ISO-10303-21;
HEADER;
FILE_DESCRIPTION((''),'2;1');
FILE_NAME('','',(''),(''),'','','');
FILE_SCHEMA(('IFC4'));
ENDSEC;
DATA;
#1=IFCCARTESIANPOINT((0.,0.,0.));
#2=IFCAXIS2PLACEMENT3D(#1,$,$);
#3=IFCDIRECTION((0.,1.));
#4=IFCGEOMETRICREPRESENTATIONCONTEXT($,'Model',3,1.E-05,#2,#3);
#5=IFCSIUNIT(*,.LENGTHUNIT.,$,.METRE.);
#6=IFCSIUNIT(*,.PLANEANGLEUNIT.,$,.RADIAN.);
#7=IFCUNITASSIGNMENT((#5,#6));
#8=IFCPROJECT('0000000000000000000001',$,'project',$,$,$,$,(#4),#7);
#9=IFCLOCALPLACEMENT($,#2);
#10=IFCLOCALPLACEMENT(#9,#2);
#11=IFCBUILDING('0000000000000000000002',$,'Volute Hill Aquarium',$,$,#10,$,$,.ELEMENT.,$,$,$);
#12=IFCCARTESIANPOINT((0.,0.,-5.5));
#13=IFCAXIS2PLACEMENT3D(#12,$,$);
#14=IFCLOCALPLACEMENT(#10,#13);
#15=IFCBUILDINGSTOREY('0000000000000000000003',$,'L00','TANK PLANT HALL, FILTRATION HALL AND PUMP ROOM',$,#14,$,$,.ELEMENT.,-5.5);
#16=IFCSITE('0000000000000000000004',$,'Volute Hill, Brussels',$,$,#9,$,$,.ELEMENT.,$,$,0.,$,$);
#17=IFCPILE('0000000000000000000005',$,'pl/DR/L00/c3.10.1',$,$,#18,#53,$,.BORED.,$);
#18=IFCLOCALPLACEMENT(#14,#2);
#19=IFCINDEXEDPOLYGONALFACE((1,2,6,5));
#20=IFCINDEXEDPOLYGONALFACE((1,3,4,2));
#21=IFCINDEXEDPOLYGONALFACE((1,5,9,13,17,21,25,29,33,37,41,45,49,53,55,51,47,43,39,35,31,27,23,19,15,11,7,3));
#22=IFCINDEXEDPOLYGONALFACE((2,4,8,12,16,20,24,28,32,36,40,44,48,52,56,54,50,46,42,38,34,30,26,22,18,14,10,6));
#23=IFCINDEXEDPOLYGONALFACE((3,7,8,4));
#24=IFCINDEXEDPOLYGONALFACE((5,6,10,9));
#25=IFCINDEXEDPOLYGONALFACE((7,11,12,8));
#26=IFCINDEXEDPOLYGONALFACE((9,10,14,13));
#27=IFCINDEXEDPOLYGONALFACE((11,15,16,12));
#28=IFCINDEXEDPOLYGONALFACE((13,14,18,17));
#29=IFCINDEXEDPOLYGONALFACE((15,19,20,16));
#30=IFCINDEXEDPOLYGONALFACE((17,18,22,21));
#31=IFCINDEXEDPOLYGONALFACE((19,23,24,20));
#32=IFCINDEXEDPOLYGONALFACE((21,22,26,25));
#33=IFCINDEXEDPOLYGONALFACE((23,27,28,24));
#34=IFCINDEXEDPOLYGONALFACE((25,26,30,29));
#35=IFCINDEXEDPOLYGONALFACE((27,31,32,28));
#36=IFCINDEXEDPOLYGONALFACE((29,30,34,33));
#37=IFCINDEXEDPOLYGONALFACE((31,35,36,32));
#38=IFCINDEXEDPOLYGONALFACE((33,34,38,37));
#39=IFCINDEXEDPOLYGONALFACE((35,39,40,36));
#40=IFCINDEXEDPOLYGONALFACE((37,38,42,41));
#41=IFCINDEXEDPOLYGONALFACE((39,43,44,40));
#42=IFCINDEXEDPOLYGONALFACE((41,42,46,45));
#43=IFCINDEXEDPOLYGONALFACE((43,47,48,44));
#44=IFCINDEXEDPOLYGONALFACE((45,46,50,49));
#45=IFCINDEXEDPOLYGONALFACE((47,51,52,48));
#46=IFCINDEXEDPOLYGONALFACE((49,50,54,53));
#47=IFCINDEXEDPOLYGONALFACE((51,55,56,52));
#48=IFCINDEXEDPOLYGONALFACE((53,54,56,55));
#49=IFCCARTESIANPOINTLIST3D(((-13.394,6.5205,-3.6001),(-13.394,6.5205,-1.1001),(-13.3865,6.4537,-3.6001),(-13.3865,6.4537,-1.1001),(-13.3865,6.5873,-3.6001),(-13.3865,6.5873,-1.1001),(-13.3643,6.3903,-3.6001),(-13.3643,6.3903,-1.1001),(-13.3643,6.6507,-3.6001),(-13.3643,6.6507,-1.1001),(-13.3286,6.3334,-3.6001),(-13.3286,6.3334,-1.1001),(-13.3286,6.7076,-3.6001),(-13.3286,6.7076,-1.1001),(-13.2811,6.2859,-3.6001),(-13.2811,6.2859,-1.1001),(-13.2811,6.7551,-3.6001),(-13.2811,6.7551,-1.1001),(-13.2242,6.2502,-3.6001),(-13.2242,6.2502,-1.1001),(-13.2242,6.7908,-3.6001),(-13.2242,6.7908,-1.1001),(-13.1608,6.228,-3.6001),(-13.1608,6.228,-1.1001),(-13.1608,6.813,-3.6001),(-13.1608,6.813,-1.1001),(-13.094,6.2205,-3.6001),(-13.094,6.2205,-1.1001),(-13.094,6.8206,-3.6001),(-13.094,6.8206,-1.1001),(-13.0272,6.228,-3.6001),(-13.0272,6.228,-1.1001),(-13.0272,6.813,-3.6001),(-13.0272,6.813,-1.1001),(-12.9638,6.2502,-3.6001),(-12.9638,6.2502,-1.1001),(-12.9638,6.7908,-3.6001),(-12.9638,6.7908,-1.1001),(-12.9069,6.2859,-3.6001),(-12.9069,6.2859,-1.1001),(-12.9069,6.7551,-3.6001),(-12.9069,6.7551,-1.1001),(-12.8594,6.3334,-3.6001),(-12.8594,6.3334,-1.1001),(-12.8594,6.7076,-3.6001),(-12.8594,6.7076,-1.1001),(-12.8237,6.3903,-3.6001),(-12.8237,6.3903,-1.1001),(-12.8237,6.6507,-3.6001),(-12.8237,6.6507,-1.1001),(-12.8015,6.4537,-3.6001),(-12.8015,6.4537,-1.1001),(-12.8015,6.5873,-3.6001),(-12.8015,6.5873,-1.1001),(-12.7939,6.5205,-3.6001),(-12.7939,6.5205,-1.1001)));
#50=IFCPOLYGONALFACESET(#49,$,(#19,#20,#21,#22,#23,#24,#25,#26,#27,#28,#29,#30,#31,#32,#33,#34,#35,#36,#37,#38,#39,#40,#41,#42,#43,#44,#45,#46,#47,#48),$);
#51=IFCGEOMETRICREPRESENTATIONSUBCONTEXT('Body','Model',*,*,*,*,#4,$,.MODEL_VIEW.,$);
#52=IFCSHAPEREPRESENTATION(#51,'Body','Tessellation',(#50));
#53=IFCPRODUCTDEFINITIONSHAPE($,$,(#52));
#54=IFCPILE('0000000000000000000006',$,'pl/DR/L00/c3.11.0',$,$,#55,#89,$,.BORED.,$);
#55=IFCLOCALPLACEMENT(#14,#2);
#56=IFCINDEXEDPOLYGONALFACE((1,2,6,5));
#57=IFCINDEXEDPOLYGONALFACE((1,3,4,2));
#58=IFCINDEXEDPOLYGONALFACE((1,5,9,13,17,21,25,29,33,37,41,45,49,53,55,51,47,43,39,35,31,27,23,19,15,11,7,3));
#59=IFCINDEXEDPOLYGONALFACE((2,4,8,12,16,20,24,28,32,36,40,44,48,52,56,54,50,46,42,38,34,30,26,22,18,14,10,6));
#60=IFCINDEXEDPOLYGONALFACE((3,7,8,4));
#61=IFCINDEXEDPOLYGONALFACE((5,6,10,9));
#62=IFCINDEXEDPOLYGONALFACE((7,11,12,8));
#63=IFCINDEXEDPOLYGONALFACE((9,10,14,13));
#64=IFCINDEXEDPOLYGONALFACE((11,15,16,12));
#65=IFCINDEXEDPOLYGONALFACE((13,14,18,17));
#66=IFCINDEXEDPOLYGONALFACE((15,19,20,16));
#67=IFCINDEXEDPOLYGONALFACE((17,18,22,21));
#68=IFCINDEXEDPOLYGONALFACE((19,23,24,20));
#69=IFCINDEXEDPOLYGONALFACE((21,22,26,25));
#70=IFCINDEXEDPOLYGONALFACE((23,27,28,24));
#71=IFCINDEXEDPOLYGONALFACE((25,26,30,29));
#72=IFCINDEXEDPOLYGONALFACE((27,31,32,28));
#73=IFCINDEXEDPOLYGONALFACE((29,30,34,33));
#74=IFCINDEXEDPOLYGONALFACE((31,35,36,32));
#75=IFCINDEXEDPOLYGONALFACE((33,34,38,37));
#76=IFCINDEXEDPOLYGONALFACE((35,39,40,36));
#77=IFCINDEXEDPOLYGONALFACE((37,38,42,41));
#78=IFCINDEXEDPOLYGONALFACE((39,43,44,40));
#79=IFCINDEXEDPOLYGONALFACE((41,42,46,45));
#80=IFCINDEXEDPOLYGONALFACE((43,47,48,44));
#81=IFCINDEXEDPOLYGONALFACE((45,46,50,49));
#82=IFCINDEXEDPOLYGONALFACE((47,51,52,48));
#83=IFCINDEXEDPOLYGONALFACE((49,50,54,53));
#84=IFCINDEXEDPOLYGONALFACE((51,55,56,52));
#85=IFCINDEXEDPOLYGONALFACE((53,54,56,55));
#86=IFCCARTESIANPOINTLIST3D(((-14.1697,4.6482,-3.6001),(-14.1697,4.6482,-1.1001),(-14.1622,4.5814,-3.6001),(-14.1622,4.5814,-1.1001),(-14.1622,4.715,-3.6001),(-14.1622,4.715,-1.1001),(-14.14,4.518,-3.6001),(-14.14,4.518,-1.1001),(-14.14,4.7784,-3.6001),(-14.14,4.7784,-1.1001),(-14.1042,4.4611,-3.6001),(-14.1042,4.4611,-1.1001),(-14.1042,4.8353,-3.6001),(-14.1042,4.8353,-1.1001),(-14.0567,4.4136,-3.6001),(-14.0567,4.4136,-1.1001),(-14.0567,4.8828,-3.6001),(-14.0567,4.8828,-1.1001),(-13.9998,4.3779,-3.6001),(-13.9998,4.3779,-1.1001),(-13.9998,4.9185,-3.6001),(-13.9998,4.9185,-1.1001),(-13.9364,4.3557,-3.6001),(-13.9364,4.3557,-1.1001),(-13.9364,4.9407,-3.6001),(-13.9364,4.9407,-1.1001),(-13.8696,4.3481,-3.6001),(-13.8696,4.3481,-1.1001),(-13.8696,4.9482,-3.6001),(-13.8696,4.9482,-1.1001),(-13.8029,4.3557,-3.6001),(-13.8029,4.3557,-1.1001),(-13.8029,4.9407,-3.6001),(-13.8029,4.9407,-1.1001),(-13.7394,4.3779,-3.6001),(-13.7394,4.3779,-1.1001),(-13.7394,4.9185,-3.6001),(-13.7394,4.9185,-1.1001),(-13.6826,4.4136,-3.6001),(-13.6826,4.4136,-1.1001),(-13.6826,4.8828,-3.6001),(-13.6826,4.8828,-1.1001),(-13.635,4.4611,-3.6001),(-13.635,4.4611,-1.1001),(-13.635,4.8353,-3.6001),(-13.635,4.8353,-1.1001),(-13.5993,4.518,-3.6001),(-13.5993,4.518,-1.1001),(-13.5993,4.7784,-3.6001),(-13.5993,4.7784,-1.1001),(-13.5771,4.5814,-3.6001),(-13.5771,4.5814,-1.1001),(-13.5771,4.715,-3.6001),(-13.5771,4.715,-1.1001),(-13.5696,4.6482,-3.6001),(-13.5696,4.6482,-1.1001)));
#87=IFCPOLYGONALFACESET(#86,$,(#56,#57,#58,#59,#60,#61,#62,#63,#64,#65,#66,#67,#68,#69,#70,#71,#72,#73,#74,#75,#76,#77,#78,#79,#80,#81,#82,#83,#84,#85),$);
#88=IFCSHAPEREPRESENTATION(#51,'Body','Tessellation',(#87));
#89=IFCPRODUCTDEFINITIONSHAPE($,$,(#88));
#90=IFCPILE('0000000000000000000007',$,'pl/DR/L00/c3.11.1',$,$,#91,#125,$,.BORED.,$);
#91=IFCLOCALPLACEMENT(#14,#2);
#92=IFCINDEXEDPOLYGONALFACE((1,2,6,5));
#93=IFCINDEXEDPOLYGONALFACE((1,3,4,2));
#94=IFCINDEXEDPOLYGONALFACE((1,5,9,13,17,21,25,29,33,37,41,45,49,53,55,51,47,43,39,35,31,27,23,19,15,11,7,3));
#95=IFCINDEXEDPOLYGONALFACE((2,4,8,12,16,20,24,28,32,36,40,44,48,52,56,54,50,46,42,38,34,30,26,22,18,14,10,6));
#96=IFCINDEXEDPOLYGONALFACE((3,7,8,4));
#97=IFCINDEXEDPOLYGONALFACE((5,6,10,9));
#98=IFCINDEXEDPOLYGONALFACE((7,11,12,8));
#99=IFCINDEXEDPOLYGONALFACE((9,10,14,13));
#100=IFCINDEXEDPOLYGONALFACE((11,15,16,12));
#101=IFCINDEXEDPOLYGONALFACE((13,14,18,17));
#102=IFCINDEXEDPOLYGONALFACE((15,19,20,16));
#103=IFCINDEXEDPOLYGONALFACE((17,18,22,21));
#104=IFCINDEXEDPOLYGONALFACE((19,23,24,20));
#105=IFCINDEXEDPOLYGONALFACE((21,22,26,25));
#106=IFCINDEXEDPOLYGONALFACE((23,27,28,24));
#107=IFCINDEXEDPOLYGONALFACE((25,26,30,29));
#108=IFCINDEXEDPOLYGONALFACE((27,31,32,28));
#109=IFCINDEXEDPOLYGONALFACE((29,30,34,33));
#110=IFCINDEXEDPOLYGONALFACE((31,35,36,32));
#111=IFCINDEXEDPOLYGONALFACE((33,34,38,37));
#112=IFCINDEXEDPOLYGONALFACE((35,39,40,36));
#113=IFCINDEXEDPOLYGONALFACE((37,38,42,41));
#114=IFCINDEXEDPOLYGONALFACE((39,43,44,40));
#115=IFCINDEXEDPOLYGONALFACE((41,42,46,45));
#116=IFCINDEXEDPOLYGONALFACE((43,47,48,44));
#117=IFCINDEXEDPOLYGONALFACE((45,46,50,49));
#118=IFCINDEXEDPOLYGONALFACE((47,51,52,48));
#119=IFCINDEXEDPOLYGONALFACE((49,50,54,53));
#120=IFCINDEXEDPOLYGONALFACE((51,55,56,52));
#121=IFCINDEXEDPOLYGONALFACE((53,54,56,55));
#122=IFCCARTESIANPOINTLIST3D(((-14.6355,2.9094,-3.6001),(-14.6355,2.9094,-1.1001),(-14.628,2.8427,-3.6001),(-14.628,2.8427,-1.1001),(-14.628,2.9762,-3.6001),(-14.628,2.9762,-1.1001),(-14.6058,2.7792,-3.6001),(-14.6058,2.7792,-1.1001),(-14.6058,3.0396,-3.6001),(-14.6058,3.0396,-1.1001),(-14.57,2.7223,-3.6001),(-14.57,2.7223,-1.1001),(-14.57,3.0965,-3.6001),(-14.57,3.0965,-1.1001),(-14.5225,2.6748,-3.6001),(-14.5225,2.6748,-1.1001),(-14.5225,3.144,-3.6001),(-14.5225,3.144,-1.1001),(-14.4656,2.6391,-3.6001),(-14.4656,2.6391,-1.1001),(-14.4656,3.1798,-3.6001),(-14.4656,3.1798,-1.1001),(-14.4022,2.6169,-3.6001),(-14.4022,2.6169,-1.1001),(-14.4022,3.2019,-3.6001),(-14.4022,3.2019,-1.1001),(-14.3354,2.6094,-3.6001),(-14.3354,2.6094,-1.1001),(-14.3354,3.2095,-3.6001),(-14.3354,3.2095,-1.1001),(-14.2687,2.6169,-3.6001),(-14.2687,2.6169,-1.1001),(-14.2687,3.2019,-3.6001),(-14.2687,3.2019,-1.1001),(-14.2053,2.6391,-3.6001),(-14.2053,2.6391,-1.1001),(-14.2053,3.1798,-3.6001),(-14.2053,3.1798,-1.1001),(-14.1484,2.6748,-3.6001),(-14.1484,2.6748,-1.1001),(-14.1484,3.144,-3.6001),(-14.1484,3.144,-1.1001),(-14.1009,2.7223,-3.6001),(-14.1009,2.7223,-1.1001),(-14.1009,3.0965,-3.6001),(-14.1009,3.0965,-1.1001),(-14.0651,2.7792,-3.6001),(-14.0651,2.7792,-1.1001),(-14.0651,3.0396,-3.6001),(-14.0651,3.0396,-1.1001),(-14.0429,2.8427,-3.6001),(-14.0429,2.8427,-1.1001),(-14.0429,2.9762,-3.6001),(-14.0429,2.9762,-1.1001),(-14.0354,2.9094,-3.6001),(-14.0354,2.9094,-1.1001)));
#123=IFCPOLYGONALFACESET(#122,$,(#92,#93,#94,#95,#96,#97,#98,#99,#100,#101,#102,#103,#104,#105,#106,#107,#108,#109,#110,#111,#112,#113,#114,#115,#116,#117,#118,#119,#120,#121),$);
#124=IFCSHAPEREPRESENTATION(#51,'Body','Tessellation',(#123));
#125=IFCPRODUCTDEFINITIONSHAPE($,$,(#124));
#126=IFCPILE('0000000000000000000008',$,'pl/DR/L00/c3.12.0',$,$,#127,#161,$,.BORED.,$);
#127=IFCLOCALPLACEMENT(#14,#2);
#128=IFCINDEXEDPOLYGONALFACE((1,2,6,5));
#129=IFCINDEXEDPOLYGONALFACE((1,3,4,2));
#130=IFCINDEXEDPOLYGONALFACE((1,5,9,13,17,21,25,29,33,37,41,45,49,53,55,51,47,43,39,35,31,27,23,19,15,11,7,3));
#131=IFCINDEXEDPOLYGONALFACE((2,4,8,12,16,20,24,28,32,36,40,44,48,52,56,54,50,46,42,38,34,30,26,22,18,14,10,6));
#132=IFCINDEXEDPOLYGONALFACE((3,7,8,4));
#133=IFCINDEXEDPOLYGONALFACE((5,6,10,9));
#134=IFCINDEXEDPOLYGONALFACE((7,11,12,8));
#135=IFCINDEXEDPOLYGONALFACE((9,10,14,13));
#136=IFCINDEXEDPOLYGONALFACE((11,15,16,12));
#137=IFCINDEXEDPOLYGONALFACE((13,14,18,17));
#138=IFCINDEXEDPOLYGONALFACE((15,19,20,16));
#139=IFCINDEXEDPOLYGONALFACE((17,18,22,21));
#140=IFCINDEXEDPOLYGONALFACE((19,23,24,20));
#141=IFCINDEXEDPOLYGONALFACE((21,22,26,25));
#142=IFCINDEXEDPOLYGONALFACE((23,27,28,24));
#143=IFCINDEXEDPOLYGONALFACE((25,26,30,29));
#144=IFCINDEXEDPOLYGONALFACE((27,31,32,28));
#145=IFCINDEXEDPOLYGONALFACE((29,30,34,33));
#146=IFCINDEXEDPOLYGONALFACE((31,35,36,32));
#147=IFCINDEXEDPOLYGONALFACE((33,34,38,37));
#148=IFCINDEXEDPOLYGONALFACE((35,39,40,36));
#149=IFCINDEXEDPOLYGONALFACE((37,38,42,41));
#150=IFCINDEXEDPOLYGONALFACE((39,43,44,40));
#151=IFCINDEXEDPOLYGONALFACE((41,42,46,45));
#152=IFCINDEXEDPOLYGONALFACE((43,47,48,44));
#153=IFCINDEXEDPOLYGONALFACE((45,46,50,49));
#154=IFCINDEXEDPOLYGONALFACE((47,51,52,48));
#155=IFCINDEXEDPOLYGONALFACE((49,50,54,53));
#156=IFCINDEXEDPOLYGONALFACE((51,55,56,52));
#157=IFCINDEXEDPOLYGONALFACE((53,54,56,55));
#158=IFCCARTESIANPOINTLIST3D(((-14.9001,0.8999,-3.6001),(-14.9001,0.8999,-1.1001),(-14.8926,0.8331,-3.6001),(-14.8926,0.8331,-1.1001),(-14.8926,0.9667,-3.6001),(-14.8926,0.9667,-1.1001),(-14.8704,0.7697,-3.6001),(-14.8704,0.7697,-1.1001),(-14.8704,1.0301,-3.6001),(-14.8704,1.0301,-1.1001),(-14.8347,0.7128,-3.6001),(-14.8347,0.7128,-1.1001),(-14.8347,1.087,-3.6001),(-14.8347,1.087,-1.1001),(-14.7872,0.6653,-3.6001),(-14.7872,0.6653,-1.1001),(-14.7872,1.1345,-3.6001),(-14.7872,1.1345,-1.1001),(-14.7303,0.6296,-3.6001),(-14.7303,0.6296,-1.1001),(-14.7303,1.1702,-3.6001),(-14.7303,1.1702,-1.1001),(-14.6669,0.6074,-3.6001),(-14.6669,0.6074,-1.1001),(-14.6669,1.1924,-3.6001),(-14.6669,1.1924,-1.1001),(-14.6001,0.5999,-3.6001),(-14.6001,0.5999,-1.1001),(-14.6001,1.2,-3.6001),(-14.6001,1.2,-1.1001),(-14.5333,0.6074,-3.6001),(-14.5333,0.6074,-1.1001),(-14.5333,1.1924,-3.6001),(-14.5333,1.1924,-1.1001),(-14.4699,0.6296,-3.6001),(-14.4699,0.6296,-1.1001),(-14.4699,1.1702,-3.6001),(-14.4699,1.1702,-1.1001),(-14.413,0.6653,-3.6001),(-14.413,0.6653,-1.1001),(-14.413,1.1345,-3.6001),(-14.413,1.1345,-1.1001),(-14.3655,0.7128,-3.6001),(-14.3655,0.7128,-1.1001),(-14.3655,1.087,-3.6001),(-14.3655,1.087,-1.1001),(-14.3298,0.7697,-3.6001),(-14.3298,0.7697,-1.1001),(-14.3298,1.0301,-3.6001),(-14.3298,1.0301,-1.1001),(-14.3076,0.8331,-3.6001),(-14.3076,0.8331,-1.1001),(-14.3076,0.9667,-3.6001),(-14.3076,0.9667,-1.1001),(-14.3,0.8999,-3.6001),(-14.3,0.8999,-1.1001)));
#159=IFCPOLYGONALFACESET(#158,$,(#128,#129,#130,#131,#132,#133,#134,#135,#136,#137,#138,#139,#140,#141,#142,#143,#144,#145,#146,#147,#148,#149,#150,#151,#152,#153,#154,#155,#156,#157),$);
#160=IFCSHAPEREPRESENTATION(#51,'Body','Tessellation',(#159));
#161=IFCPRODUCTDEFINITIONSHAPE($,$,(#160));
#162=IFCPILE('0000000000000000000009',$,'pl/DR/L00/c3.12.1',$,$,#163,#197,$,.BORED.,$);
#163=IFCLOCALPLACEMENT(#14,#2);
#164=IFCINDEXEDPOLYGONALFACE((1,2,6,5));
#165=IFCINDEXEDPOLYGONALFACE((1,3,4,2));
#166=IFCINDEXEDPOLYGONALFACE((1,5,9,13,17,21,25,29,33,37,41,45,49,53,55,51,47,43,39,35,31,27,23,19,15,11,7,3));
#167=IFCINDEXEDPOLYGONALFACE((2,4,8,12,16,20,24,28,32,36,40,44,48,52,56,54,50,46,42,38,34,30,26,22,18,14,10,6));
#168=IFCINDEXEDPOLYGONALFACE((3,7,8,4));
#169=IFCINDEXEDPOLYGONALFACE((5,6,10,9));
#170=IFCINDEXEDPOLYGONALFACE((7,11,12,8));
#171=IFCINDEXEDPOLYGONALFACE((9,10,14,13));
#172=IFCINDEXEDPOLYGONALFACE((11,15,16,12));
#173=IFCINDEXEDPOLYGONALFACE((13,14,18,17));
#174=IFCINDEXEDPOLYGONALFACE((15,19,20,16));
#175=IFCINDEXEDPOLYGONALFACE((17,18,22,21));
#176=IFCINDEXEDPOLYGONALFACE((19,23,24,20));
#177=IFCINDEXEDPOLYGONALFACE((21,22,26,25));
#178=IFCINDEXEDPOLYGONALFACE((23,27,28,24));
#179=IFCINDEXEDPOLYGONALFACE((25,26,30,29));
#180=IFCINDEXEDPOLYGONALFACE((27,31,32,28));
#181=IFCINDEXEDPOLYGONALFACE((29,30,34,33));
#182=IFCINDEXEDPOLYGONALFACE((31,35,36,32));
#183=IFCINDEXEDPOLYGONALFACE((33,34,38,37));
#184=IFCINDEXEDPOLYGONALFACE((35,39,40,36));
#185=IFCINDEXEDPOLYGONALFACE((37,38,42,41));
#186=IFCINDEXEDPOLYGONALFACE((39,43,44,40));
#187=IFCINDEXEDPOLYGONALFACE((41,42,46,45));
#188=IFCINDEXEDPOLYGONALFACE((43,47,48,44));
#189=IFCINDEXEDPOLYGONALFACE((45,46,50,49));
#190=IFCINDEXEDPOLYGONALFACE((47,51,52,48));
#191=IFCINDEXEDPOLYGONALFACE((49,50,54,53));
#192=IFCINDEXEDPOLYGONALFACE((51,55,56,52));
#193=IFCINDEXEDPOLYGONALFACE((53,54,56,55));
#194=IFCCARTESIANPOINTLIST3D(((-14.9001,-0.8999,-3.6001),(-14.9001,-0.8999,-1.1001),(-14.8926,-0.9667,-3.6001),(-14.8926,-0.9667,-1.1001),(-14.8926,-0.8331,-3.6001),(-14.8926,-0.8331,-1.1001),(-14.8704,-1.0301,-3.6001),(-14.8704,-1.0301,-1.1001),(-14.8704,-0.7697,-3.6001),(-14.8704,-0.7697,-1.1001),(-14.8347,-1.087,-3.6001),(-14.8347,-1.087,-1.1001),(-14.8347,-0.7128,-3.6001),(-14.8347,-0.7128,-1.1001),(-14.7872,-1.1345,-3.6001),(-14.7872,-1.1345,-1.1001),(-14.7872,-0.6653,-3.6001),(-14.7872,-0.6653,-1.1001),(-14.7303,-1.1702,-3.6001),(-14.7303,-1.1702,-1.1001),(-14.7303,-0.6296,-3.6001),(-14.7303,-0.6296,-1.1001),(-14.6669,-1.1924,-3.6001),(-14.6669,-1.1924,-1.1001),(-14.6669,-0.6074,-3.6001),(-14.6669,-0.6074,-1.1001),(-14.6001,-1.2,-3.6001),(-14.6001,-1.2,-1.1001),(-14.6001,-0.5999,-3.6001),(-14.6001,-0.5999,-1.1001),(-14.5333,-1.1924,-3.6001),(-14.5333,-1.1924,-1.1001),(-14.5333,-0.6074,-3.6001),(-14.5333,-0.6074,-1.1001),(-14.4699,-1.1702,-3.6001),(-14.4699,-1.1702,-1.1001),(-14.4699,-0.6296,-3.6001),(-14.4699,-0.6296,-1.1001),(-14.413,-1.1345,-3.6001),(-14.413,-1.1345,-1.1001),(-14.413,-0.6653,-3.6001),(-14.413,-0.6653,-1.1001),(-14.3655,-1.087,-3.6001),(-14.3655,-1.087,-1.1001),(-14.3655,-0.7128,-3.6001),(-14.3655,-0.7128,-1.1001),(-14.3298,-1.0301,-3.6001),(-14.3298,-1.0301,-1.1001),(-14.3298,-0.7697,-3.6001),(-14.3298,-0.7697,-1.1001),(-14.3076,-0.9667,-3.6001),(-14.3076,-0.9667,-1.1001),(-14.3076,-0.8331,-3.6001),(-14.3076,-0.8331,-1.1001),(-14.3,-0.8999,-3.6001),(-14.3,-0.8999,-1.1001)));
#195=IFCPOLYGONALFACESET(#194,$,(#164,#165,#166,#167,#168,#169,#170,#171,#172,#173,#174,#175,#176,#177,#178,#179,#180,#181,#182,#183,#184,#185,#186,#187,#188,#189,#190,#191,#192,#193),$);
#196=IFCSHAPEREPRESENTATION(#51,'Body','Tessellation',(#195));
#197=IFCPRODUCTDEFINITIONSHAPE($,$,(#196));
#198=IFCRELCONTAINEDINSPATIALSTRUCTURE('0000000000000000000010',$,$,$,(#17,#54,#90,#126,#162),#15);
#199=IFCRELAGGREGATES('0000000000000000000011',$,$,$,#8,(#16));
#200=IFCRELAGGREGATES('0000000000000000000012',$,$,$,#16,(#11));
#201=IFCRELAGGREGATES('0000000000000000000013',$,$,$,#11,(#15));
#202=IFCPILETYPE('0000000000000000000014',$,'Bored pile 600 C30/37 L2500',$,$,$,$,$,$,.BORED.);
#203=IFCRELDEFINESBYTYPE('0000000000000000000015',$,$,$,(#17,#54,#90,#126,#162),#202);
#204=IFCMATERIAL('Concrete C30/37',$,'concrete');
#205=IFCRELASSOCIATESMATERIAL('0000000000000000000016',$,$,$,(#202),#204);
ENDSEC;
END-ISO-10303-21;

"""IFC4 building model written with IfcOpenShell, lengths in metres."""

from ifc_helpers import new_model, si_unit, direction, frame, origin, origin_2d, place, context, subcontext, project, spatial, circle, extrude, material, type_object, element, save


model = new_model("IFC4")

# Units and contexts
model_context = context("Model", 3, precision=1e-05, world=origin(), true_north=direction((0.0, 1.0)))
body_context = subcontext(model_context, "Body", "Model", "MODEL_VIEW")
ifc_project = project(units=[si_unit("LENGTHUNIT", "METRE"), si_unit("PLANEANGLEUNIT", "RADIAN")], contexts=[model_context])

# Site, building, storey
site_placement = place(None, origin())
site = spatial("IfcSite", under=ifc_project, at=site_placement, Name="Volute Hill, Brussels", CompositionType="ELEMENT", RefElevation=0.0)
building_placement = place(site_placement, origin())
building = spatial("IfcBuilding", under=site, at=building_placement, Name="Volute Hill Aquarium", CompositionType="ELEMENT")
storey_placement = place(building_placement, frame((0.0, 0.0, -5.5)))
storey = spatial("IfcBuildingStorey", under=building, at=storey_placement, Name="L00", Description="TANK PLANT HALL, FILTRATION HALL AND PUMP ROOM", CompositionType="ELEMENT", Elevation=-5.5)

# Piles
ifc_material_1 = material(Name="Concrete C30/37", Category="concrete")
pile_type = type_object("IfcPileType", Name="Bored pile 600 C30/37 L2500", PredefinedType="BORED", material=ifc_material_1)
for number, where, z_axis, x_axis, name in (
    (1, (-13.094, 6.5205, -1.1001), (0.0, 0.0, -1.0), (1.0, 0.0, 0.0), "pl/DR/L00/c3.10.1"),
    (2, (-13.8696, 4.6482, -1.1001), (0.0, 0.0, -1.0), (1.0, 0.0, 0.0), "pl/DR/L00/c3.11.0"),
    (3, (-14.3354, 2.9094, -1.1001), (0.0, 0.0, -1.0), (1.0, 0.0, 0.0), "pl/DR/L00/c3.11.1"),
    (4, (-14.6001, 0.8999, -1.1001), (0.0, 0.0, -1.0), (1.0, 0.0, 0.0), "pl/DR/L00/c3.12.0"),
    (5, (-14.6001, -0.8999, -1.1001), (0.0, 0.0, -1.0), (1.0, 0.0, 0.0), "pl/DR/L00/c3.12.1"),
):
    element("IfcPile", number, at=place(storey_placement, frame(where, z_axis=z_axis, x_axis=x_axis)), inside=storey, type_object=pile_type, Name=name, PredefinedType="BORED", context=body_context, shape_type="SweptSolid", body=[
        extrude(circle(Radius=0.3, at=origin_2d()), origin(), (0.0, 0.0, 1.0), 2.5),
    ])

save(model, "model.ifc")
